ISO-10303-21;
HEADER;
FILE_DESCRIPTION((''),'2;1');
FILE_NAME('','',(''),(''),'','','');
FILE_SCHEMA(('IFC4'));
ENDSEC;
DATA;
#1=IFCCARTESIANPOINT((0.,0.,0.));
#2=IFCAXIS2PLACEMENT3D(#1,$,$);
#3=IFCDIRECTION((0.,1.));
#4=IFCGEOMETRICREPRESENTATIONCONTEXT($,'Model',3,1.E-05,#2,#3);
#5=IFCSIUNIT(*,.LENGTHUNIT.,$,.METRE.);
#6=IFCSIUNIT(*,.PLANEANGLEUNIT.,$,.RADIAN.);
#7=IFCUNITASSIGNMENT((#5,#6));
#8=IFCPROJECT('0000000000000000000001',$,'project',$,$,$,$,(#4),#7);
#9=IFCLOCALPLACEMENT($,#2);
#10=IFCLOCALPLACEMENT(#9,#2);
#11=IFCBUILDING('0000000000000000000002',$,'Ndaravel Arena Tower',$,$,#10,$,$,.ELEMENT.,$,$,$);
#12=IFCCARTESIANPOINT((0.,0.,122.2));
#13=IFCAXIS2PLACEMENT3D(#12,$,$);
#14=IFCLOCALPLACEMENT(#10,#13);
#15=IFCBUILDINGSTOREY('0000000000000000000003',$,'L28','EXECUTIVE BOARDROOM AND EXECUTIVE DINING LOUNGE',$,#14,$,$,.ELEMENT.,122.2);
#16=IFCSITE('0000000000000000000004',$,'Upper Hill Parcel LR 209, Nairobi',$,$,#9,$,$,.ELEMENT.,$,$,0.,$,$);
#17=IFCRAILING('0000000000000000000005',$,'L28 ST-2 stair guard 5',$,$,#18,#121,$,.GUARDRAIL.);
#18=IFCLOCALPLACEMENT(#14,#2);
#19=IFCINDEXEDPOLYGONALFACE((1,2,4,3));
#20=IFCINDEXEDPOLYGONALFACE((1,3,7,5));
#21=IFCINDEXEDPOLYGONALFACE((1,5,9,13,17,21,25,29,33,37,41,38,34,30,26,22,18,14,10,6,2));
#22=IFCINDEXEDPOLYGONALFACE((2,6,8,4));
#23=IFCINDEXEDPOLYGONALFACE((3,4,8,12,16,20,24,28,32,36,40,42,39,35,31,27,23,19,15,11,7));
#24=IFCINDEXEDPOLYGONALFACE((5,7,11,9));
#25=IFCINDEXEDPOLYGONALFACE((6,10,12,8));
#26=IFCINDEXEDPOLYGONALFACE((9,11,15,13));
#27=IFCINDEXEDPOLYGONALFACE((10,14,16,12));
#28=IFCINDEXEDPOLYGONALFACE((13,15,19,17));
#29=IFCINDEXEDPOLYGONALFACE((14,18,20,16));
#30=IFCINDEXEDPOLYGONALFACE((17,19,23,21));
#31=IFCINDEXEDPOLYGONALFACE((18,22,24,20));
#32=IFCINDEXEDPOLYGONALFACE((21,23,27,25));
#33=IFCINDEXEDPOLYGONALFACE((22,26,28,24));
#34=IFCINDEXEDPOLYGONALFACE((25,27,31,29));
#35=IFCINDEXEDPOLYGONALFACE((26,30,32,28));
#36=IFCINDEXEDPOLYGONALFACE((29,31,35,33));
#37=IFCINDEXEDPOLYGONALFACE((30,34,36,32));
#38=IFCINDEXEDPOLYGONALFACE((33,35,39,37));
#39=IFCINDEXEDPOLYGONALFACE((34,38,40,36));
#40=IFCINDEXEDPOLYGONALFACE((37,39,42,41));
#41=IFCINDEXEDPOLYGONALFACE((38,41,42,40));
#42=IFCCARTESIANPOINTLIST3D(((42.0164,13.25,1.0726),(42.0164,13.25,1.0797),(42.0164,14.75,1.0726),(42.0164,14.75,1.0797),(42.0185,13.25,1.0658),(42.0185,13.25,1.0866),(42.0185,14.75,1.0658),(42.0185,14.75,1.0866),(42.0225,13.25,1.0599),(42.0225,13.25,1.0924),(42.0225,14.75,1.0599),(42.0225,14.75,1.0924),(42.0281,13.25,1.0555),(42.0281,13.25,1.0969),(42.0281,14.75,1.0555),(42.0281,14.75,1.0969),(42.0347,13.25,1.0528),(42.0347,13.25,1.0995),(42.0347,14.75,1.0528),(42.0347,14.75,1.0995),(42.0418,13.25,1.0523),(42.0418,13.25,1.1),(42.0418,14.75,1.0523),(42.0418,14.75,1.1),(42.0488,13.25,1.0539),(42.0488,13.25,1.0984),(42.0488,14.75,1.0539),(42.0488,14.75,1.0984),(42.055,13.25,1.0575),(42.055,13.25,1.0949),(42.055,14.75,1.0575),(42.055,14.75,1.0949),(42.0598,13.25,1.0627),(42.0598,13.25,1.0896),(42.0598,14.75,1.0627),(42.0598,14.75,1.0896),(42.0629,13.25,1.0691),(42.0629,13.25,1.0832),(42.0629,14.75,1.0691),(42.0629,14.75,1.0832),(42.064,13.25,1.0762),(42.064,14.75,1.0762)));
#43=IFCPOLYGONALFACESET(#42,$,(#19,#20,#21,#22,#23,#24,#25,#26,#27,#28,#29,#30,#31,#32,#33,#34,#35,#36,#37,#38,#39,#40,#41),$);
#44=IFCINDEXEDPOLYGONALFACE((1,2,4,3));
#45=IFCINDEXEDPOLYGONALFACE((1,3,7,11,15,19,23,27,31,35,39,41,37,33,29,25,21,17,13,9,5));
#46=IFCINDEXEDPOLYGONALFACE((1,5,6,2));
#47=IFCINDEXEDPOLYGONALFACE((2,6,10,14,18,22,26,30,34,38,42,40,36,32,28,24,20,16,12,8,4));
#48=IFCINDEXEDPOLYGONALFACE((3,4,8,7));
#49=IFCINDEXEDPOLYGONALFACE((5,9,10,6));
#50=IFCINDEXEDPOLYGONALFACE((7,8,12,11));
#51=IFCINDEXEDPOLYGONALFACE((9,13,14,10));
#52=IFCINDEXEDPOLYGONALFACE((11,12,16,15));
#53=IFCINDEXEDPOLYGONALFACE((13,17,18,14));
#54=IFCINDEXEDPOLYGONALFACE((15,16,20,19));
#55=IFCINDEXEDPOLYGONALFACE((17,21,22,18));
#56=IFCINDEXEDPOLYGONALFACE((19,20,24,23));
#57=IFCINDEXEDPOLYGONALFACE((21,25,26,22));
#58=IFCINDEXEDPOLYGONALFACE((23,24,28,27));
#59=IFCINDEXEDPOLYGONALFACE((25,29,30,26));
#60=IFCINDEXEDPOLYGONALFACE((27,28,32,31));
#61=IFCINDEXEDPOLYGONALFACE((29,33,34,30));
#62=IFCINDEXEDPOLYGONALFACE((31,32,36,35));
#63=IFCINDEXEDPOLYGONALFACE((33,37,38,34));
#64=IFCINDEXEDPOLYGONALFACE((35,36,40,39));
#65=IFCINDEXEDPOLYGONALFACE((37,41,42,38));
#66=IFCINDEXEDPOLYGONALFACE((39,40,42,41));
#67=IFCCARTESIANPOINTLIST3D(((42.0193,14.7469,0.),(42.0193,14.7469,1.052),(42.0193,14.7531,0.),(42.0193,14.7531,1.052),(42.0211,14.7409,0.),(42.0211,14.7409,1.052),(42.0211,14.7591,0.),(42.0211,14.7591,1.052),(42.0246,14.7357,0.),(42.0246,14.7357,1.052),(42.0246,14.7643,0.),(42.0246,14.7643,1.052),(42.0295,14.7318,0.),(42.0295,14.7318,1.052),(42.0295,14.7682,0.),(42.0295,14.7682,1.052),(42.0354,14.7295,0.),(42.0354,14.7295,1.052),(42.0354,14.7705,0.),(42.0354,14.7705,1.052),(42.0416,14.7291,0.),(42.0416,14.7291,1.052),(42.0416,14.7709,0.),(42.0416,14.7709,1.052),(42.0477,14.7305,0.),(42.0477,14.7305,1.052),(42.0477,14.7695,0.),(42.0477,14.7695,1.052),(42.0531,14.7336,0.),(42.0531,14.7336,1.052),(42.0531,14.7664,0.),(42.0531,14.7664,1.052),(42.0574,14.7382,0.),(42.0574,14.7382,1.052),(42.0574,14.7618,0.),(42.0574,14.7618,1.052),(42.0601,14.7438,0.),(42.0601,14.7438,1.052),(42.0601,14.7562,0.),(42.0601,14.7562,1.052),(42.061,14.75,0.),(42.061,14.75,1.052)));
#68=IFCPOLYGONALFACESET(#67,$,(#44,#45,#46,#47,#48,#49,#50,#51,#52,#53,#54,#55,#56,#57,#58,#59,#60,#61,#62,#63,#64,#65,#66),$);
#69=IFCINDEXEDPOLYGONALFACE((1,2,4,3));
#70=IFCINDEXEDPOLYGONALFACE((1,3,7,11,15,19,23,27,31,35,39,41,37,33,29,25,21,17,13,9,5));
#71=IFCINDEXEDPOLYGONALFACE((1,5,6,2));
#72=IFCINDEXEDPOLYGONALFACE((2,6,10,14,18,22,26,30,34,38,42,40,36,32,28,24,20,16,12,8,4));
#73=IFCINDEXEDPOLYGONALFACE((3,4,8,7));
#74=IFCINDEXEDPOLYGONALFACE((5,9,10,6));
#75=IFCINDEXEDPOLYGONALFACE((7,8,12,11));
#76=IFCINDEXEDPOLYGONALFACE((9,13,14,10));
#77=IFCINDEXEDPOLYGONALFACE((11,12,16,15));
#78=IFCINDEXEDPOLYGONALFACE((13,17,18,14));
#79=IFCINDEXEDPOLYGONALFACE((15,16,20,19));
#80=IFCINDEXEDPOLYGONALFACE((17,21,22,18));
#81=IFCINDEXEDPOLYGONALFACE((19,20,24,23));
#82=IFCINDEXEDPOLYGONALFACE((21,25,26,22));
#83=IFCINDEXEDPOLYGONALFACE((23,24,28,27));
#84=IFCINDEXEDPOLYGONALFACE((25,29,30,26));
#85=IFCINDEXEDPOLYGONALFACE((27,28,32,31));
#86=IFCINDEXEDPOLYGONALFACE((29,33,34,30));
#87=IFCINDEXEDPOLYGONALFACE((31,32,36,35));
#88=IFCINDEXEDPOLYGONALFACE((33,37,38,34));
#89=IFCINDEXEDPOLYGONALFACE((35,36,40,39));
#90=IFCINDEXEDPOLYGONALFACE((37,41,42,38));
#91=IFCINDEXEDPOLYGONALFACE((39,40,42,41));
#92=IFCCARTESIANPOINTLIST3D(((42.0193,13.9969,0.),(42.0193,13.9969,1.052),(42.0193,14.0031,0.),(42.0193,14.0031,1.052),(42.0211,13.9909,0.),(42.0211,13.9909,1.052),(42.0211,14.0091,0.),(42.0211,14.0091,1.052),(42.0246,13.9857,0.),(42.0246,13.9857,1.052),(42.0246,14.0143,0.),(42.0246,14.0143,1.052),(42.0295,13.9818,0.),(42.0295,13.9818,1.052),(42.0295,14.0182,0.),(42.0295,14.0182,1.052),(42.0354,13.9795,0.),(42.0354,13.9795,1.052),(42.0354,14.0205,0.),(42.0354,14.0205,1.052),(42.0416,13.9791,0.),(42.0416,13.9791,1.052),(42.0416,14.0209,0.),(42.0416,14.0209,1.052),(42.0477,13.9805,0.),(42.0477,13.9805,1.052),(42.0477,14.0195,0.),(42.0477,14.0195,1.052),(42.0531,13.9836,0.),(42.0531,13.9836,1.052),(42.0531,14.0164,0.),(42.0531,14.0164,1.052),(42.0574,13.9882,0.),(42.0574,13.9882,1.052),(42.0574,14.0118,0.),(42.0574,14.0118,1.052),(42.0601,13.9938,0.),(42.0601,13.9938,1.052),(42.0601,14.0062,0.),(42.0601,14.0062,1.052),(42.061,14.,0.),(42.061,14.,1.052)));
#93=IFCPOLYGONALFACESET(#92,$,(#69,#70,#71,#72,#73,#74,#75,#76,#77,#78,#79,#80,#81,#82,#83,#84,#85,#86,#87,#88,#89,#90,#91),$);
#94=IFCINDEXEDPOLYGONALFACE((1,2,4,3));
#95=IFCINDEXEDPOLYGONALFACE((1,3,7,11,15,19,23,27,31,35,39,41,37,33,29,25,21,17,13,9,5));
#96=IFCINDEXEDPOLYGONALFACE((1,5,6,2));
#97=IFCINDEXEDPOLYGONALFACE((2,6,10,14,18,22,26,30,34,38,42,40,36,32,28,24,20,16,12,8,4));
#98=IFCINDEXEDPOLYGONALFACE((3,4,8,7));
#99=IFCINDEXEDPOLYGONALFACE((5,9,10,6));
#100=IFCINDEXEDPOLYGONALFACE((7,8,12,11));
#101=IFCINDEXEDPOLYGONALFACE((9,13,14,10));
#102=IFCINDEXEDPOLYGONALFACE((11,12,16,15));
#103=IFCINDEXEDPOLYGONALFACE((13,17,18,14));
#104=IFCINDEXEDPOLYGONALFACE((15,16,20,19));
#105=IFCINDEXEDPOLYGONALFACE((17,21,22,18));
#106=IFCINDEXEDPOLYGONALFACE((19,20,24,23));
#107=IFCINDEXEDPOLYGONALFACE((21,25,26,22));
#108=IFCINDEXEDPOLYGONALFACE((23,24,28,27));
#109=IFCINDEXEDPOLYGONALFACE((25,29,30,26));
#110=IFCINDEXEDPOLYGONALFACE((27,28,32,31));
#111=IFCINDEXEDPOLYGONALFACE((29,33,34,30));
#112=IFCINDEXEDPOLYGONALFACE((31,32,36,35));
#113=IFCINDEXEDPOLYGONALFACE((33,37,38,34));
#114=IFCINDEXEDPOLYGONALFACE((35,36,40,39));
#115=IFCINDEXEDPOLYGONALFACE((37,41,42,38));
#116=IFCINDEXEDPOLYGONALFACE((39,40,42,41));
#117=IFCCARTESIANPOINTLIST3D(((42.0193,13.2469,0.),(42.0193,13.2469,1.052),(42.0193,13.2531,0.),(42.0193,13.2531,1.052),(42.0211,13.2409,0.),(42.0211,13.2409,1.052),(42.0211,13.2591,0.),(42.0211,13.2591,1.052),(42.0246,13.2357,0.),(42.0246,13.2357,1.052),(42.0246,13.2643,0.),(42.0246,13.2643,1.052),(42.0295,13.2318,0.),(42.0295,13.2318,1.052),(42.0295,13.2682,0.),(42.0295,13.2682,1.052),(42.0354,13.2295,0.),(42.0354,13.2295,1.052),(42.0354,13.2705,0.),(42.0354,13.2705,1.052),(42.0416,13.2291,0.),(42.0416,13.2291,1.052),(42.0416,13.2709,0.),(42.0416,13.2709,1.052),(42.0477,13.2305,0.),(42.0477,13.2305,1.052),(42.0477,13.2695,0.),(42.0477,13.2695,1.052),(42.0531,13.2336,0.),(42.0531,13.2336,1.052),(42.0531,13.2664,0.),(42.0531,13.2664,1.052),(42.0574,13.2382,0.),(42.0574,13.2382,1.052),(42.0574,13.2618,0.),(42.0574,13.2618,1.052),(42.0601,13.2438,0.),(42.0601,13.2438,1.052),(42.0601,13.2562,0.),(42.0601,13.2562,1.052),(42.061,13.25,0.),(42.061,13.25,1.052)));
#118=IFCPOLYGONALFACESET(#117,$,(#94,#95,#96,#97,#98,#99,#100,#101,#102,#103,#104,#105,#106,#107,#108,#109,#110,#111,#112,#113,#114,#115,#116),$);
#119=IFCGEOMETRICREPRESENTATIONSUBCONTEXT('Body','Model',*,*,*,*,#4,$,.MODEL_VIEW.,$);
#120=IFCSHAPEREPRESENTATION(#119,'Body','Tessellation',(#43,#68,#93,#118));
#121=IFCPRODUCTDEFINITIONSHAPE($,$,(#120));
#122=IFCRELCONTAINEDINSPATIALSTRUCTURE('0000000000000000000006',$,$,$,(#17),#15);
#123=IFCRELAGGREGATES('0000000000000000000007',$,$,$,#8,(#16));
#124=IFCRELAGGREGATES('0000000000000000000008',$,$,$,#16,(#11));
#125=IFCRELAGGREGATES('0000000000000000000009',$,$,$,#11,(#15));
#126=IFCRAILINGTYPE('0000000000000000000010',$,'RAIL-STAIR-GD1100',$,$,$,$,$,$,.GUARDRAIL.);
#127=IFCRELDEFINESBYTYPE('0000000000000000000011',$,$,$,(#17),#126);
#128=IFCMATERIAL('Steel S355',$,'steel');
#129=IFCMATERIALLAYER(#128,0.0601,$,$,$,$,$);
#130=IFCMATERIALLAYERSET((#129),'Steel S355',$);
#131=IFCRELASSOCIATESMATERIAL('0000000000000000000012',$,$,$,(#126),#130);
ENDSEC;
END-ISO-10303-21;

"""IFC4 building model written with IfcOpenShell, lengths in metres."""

from ifc_helpers import new_model, si_unit, direction, frame, origin, origin_2d, place, context, subcontext, project, spatial, circle, extrude, material, layer, layer_set, type_object, element, save


model = new_model("IFC4")

# Units and contexts
model_context = context("Model", 3, precision=1e-05, world=origin(), true_north=direction((0.0, 1.0)))
body_context = subcontext(model_context, "Body", "Model", "MODEL_VIEW")
ifc_project = project(units=[si_unit("LENGTHUNIT", "METRE"), si_unit("PLANEANGLEUNIT", "RADIAN")], contexts=[model_context])

# Site, building, storey
site_placement = place(None, origin())
site = spatial("IfcSite", under=ifc_project, at=site_placement, Name="Upper Hill Parcel LR 209, Nairobi", CompositionType="ELEMENT", RefElevation=0.0)
building_placement = place(site_placement, origin())
building = spatial("IfcBuilding", under=site, at=building_placement, Name="Ndaravel Arena Tower", CompositionType="ELEMENT")
storey_placement = place(building_placement, frame((0.0, 0.0, 122.2)))
storey = spatial("IfcBuildingStorey", under=building, at=storey_placement, Name="L28", Description="EXECUTIVE BOARDROOM AND EXECUTIVE DINING LOUNGE", CompositionType="ELEMENT", Elevation=122.2)

# Railing
ifc_material_1 = material(Name="Steel S355", Category="steel")
ifc_layer_1 = layer(ifc_material_1, 0.0601)
ifc_layer_set_1 = layer_set([ifc_layer_1], Name="Steel S355")
railing_type_1 = type_object("IfcRailingType", Name="RAIL-STAIR-GD1100", PredefinedType="GUARDRAIL", material=ifc_layer_set_1)
railing_1_placement = place(storey_placement, frame((42.04, 14.75, 0.0)))
element("IfcRailing", 1, at=railing_1_placement, inside=storey, type_object=railing_type_1, Name="L28 ST-2 stair guard 5", PredefinedType="GUARDRAIL", context=body_context, shape_type="SweptSolid", body=[
    extrude(circle(Radius=0.0239, at=origin_2d()), frame((0.0, 0.0, 1.0762), z_axis=(0.0, -1.0, 0.0), x_axis=(1.0, 0.0, 0.0)), (0.0, 0.0, 1.0), 1.5),
    extrude(circle(Radius=0.021, at=origin_2d()), origin(), (0.0, 0.0, 1.0), 1.052),
    extrude(circle(Radius=0.021, at=origin_2d()), frame((0.0, -0.75, 0.0)), (0.0, 0.0, 1.0), 1.052),
    extrude(circle(Radius=0.021, at=origin_2d()), frame((0.0, -1.5, 0.0)), (0.0, 0.0, 1.0), 1.052),
])

save(model, "model.ifc")
